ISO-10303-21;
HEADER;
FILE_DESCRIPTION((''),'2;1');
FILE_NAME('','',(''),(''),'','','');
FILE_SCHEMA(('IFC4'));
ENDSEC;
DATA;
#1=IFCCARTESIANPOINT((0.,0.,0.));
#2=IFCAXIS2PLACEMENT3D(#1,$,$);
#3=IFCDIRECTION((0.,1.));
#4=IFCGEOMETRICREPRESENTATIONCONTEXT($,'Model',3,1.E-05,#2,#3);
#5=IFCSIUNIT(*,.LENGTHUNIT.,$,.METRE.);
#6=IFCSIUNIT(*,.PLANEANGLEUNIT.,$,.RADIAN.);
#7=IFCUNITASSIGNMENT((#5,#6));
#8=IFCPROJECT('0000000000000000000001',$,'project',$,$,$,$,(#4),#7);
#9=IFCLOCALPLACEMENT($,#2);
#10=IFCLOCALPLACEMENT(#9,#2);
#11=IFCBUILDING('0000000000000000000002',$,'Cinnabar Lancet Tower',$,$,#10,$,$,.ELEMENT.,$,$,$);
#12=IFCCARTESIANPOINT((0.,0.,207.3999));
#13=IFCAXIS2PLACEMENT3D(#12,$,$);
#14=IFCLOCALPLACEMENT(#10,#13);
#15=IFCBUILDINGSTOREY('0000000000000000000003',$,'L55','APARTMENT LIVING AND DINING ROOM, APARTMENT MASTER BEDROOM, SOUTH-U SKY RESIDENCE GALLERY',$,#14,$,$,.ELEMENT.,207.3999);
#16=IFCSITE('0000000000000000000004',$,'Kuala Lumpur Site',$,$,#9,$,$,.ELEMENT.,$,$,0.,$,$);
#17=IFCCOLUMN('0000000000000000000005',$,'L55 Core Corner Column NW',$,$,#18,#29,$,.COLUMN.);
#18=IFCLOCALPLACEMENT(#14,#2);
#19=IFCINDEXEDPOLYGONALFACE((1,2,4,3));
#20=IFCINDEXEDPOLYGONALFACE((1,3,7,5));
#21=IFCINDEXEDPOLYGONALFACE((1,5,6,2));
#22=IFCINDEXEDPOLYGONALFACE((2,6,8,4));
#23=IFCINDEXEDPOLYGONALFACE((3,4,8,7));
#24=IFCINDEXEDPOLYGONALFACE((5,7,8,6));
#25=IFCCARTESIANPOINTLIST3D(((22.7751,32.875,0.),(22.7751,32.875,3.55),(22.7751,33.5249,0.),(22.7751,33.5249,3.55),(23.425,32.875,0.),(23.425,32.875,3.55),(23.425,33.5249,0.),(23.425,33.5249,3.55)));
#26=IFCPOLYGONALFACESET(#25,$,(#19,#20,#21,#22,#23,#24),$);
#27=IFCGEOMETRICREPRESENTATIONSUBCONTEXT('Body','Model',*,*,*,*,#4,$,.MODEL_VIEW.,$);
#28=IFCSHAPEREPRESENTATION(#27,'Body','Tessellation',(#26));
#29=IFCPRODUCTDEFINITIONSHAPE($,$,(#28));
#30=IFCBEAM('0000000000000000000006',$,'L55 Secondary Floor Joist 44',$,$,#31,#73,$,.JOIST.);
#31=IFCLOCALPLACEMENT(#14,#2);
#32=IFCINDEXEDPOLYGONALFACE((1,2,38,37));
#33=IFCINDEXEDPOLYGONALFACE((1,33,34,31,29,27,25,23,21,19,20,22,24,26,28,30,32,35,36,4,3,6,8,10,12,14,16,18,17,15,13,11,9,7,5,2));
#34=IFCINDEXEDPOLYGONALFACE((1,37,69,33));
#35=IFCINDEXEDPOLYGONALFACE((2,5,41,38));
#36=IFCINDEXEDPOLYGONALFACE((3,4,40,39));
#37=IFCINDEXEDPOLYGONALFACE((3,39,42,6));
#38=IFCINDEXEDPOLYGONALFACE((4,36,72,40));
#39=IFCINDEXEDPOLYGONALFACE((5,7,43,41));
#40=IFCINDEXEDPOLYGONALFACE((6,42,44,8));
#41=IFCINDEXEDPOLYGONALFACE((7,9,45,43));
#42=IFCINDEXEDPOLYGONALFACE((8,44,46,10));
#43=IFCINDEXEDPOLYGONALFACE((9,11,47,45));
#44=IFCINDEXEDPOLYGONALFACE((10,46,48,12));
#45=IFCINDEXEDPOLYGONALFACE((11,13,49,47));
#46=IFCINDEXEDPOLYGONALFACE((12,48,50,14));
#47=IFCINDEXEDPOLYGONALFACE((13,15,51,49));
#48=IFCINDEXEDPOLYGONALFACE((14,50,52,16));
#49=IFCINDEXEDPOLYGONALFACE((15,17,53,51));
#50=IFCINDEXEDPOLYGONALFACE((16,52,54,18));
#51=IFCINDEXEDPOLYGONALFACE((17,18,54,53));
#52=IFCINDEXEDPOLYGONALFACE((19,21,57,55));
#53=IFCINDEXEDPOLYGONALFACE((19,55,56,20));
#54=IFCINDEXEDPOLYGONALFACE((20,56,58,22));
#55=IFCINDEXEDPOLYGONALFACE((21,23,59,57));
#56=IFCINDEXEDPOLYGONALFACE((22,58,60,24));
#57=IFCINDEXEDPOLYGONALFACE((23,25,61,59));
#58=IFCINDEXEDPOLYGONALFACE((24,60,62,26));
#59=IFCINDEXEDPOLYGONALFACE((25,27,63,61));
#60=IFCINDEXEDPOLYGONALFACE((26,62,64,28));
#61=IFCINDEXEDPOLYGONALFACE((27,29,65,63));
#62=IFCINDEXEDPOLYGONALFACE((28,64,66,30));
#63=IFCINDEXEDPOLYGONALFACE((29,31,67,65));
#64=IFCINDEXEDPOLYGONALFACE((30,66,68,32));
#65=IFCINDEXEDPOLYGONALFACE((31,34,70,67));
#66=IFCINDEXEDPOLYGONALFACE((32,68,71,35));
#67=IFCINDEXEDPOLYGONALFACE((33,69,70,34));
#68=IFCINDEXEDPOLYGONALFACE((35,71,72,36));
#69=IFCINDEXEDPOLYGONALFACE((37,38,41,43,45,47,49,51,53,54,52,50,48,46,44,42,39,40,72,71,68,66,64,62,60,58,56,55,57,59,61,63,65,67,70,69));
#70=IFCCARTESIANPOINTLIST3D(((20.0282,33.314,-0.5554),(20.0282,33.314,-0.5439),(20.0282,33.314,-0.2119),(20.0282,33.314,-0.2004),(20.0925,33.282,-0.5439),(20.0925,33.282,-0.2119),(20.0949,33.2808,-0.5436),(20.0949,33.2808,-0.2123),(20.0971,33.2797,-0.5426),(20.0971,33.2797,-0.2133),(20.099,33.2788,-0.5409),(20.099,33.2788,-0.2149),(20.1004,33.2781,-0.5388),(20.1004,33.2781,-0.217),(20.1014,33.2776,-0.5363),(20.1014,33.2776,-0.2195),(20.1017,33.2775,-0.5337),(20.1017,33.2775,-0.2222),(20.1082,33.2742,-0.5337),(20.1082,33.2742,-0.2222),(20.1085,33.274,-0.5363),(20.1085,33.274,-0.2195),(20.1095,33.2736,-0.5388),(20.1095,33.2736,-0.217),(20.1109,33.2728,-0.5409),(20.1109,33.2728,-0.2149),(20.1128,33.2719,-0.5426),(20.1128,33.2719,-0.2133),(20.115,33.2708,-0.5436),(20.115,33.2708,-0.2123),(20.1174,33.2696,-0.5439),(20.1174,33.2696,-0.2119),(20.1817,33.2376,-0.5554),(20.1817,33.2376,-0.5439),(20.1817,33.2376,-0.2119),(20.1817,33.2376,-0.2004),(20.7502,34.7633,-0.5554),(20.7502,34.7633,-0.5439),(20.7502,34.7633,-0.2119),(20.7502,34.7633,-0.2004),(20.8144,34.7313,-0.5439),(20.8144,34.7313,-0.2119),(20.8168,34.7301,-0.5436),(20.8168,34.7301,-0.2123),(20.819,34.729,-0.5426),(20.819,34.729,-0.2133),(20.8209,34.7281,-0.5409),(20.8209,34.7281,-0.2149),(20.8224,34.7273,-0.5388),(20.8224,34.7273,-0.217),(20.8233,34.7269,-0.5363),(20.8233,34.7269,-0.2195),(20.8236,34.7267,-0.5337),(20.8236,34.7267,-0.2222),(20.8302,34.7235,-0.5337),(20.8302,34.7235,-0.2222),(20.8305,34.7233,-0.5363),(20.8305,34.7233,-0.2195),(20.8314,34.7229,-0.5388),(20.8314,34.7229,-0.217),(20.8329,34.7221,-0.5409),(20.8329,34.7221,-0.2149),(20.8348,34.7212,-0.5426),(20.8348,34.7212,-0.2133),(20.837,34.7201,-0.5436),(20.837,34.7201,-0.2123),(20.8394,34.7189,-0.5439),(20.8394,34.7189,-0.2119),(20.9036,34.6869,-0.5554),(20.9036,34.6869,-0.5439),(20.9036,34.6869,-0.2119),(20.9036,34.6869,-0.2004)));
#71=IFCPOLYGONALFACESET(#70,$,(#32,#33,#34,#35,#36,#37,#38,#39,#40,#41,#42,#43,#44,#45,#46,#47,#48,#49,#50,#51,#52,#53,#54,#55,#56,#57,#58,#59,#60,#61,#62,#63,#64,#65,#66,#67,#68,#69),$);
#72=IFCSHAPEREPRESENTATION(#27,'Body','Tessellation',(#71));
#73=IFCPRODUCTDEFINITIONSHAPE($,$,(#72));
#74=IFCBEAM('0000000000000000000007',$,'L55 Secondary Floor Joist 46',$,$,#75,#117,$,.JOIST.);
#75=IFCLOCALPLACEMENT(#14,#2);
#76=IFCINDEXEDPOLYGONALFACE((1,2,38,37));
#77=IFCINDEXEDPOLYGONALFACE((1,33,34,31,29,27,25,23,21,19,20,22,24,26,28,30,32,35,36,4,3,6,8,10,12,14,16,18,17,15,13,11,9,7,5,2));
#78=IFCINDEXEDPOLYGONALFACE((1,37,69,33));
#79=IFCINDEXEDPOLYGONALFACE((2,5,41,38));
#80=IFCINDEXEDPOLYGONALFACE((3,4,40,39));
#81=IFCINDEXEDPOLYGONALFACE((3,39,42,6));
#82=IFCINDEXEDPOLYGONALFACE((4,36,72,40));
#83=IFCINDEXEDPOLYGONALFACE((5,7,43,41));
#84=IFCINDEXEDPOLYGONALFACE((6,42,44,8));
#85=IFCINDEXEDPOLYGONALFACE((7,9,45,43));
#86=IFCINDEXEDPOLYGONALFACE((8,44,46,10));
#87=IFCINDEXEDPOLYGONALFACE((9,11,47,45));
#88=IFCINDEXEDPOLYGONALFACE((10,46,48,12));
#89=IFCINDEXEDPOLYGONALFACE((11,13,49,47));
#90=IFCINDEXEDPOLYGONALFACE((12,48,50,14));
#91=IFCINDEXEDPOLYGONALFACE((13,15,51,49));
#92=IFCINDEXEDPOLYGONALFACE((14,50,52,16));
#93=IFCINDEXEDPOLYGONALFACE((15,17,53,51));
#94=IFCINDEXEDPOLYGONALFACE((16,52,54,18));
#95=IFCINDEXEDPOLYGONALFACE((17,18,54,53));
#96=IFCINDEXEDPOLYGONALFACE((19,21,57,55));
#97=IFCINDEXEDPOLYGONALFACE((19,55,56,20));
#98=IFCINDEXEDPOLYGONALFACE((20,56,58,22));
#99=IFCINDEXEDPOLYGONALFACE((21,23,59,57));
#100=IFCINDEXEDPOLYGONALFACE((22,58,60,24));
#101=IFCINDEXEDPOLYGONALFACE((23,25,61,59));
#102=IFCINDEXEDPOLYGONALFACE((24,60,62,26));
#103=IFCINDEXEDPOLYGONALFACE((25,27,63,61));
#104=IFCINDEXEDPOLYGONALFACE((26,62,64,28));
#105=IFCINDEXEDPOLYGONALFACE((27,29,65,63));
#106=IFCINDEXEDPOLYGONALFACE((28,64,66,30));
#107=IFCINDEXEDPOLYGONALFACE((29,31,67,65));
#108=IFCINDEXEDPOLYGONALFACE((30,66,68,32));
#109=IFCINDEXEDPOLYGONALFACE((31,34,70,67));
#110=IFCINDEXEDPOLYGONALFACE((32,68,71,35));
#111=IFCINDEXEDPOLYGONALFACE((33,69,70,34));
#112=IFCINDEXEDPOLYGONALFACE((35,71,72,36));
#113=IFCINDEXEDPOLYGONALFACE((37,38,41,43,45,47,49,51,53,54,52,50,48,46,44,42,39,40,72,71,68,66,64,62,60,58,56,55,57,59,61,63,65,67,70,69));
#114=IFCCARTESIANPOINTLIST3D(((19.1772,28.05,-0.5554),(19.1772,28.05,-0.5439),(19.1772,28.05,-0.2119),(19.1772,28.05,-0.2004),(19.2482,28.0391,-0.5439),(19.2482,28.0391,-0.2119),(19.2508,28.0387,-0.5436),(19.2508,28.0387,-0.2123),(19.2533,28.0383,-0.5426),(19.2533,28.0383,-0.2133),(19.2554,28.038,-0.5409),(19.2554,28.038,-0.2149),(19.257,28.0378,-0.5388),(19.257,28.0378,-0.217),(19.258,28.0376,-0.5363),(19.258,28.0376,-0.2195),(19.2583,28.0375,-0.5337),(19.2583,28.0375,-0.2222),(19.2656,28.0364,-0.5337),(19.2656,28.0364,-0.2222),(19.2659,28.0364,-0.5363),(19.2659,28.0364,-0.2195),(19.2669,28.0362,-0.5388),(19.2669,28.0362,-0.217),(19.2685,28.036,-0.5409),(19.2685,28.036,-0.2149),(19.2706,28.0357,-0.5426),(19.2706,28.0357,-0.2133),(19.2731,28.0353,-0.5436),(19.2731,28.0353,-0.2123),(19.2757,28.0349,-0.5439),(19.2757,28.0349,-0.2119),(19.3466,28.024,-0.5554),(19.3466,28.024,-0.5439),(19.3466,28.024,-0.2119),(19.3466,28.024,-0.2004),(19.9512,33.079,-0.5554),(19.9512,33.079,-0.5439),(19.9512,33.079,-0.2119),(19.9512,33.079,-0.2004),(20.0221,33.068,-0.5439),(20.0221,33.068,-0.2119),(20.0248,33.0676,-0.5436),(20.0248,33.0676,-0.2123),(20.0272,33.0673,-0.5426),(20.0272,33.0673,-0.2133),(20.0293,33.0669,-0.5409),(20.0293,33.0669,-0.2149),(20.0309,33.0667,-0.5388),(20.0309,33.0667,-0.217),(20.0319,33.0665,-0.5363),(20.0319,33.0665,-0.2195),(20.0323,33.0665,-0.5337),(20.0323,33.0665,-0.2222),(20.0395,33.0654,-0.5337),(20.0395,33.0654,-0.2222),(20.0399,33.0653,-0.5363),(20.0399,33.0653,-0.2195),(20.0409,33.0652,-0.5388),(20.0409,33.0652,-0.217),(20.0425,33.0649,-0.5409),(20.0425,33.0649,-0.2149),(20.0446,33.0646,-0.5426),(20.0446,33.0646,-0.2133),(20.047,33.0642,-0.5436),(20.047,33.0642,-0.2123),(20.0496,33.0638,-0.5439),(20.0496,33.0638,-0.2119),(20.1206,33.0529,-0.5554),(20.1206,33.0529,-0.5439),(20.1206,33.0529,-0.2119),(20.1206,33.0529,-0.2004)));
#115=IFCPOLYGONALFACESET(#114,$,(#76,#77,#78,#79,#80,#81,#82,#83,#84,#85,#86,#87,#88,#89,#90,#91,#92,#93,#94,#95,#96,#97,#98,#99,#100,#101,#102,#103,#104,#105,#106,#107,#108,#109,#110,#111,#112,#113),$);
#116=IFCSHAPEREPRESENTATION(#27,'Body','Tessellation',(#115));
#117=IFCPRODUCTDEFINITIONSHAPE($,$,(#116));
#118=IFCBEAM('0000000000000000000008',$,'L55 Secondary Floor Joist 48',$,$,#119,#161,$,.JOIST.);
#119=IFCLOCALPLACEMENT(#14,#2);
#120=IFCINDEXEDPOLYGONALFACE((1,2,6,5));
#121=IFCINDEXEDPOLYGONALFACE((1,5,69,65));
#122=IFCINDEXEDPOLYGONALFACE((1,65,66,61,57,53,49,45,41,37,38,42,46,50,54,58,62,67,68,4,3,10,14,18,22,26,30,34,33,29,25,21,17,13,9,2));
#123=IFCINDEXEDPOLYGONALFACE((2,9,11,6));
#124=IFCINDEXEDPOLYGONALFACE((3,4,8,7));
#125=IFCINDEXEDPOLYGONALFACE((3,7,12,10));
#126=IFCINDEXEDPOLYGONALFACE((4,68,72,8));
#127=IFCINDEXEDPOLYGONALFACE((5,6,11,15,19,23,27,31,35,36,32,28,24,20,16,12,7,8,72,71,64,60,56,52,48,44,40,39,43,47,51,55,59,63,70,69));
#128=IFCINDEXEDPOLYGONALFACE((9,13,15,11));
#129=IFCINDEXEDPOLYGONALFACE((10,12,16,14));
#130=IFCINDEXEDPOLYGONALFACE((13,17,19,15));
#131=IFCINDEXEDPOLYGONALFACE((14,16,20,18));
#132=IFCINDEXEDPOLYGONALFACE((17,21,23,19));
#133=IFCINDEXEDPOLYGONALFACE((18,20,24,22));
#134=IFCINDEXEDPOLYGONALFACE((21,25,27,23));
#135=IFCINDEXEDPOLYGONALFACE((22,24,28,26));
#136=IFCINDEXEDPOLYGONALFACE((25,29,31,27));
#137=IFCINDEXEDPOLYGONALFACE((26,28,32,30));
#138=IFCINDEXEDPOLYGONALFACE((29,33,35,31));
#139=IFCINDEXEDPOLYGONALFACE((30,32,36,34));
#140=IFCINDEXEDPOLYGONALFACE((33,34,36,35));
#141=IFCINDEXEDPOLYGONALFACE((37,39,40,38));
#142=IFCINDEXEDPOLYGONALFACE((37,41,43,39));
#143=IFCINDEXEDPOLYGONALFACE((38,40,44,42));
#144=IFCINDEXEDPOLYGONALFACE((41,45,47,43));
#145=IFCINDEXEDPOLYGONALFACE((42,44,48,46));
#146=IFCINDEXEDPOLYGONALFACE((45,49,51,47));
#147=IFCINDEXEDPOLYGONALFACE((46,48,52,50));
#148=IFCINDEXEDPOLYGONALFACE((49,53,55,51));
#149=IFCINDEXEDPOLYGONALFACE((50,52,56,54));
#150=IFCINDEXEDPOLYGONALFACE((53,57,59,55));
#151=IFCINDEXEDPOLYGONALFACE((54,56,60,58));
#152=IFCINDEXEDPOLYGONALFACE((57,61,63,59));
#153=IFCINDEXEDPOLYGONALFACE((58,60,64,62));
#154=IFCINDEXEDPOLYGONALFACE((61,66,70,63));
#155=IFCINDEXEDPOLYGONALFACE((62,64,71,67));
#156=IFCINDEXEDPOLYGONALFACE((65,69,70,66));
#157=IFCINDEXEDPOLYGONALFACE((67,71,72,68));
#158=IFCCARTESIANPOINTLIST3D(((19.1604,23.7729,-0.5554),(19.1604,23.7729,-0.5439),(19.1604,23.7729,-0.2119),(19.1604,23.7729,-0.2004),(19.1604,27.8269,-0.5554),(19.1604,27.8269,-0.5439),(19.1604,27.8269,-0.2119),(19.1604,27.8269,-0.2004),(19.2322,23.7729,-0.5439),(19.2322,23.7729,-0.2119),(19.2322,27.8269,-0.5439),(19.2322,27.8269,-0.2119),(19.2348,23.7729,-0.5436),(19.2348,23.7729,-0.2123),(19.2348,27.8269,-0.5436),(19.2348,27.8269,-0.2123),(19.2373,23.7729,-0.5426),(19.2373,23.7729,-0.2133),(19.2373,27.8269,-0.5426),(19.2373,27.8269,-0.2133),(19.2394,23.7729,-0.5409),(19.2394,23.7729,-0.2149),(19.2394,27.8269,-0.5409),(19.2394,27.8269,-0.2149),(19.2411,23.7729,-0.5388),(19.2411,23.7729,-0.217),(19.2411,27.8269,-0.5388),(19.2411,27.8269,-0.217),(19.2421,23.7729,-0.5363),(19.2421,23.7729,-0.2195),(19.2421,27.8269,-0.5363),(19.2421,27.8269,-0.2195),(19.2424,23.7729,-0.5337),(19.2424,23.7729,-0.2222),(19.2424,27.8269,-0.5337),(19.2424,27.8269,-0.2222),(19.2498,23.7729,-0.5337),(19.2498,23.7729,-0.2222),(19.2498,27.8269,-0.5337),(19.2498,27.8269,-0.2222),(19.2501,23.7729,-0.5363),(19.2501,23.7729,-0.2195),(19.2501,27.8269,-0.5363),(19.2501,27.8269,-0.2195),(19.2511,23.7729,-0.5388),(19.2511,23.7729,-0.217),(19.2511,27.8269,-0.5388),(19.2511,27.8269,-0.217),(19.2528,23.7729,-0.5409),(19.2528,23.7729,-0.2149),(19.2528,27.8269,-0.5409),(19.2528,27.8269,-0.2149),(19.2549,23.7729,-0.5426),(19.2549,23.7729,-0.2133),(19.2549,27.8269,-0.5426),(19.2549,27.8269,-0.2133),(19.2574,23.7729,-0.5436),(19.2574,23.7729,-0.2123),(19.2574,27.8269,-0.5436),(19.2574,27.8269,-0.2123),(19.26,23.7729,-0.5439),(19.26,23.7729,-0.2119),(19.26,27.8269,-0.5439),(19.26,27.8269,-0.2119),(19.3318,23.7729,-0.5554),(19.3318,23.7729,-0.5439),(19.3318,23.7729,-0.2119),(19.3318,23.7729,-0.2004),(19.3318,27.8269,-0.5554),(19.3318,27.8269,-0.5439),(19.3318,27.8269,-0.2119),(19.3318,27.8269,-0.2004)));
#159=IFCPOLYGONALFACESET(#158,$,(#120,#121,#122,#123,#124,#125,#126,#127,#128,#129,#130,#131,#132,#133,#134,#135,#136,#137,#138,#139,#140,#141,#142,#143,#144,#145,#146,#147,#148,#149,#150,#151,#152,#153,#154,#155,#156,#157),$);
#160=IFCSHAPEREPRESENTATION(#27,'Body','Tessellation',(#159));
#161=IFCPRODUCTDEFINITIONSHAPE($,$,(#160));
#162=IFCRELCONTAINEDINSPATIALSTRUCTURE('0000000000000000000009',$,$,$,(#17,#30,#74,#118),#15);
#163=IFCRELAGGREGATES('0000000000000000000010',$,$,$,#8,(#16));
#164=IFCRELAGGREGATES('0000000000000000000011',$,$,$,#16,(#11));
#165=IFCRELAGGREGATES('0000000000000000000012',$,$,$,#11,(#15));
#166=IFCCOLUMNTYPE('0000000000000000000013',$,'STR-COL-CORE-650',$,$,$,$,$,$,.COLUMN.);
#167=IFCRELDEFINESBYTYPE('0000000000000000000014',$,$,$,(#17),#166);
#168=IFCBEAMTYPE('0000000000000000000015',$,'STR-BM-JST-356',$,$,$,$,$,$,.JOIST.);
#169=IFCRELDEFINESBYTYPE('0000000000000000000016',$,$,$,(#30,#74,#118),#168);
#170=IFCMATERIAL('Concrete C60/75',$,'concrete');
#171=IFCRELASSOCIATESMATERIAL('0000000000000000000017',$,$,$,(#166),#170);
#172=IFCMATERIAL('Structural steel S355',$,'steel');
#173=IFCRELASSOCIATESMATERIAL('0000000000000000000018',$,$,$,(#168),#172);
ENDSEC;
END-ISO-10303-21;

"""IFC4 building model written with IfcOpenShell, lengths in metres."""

from ifc_helpers import new_model, si_unit, direction, frame, origin, origin_2d, place, context, subcontext, project, spatial, rectangle, i_section, extrude, material, material_profile, profile_set, type_object, element, save


model = new_model("IFC4")

# Units and contexts
model_context = context("Model", 3, precision=1e-05, world=origin(), true_north=direction((0.0, 1.0)))
body_context = subcontext(model_context, "Body", "Model", "MODEL_VIEW")
ifc_project = project(units=[si_unit("LENGTHUNIT", "METRE"), si_unit("PLANEANGLEUNIT", "RADIAN")], contexts=[model_context])

# Site, building, storey
site_placement = place(None, origin())
site = spatial("IfcSite", under=ifc_project, at=site_placement, Name="Kuala Lumpur Site", CompositionType="ELEMENT", RefElevation=0.0)
building_placement = place(site_placement, origin())
building = spatial("IfcBuilding", under=site, at=building_placement, Name="Cinnabar Lancet Tower", CompositionType="ELEMENT")
storey_placement = place(building_placement, frame((0.0, 0.0, 207.3999)))
storey = spatial("IfcBuildingStorey", under=building, at=storey_placement, Name="L55", Description="APARTMENT LIVING AND DINING ROOM, APARTMENT MASTER BEDROOM, SOUTH-U SKY RESIDENCE GALLERY", CompositionType="ELEMENT", Elevation=207.3999)

# Column
ifc_material_1 = material(Name="Concrete C60/75", Category="concrete")
ifc_material_profile_1 = material_profile(ifc_material_1, rectangle(XDim=0.6499, YDim=0.6499, at=origin_2d()), Name="RC-COL 650x650")
ifc_profile_set_1 = profile_set([ifc_material_profile_1], Name="Concrete C60/75")
column_type = type_object("IfcColumnType", Name="STR-COL-CORE-650", PredefinedType="COLUMN", material=ifc_profile_set_1)
column_placement = place(storey_placement, frame((23.1001, 33.2, 0.0), z_axis=(0.0, 0.0, 1.0), x_axis=(1.0, 0.0, 0.0)))
element("IfcColumn", 1, at=column_placement, inside=storey, type_object=column_type, Name="L55 Core Corner Column NW", PredefinedType="COLUMN", context=body_context, shape_type="SweptSolid", body=[
    extrude(rectangle(XDim=0.6499, YDim=0.6499, at=origin_2d()), origin(), (0.0, 0.0, 1.0), 3.55),
])

# Beams
ifc_material_2 = material(Name="Structural steel S355", Category="steel")
ifc_material_profile_2 = material_profile(ifc_material_2, i_section(OverallWidth=0.1714, OverallDepth=0.355, WebThickness=0.0073, FlangeThickness=0.0115, FilletRadius=0.0103, at=origin_2d()), Name="UKB 356x171x51")
ifc_profile_set_2 = profile_set([ifc_material_profile_2], Name="Structural steel S355")
beam_type_1 = type_object("IfcBeamType", Name="STR-BM-JST-356", PredefinedType="JOIST", material=ifc_profile_set_2)
beam_1_placement = place(storey_placement, frame((20.8269, 34.7251, -0.3779), z_axis=(-0.445886, -0.89509, 0.0), x_axis=(0.89509, -0.445886, 0.0)))
element("IfcBeam", 2, at=beam_1_placement, inside=storey, type_object=beam_type_1, Name="L55 Secondary Floor Joist 44", PredefinedType="JOIST", context=body_context, shape_type="SweptSolid", body=[
    extrude(i_section(OverallWidth=0.1714, OverallDepth=0.355, WebThickness=0.0073, FlangeThickness=0.0115, FilletRadius=0.0103, at=origin_2d()), origin(), (0.0, 0.0, 1.0), 1.6191),
])
beam_2_placement = place(storey_placement, frame((20.0359, 33.0659, -0.3779), z_axis=(-0.152108, -0.988364, 0.0), x_axis=(0.988364, -0.152108, 0.0)))
element("IfcBeam", 3, at=beam_2_placement, inside=storey, type_object=beam_type_1, Name="L55 Secondary Floor Joist 46", PredefinedType="JOIST", context=body_context, shape_type="SweptSolid", body=[
    extrude(i_section(OverallWidth=0.1714, OverallDepth=0.355, WebThickness=0.0073, FlangeThickness=0.0115, FilletRadius=0.0103, at=origin_2d()), origin(), (0.0, 0.0, 1.0), 5.0881),
])
beam_3_placement = place(storey_placement, frame((19.2461, 27.8269, -0.3779), z_axis=(0.0, -1.0, 0.0), x_axis=(1.0, 0.0, 0.0)))
element("IfcBeam", 4, at=beam_3_placement, inside=storey, type_object=beam_type_1, Name="L55 Secondary Floor Joist 48", PredefinedType="JOIST", context=body_context, shape_type="SweptSolid", body=[
    extrude(i_section(OverallWidth=0.1714, OverallDepth=0.355, WebThickness=0.0073, FlangeThickness=0.0115, FilletRadius=0.0103, at=origin_2d()), origin(), (0.0, 0.0, 1.0), 4.054),
])

save(model, "model.ifc")
